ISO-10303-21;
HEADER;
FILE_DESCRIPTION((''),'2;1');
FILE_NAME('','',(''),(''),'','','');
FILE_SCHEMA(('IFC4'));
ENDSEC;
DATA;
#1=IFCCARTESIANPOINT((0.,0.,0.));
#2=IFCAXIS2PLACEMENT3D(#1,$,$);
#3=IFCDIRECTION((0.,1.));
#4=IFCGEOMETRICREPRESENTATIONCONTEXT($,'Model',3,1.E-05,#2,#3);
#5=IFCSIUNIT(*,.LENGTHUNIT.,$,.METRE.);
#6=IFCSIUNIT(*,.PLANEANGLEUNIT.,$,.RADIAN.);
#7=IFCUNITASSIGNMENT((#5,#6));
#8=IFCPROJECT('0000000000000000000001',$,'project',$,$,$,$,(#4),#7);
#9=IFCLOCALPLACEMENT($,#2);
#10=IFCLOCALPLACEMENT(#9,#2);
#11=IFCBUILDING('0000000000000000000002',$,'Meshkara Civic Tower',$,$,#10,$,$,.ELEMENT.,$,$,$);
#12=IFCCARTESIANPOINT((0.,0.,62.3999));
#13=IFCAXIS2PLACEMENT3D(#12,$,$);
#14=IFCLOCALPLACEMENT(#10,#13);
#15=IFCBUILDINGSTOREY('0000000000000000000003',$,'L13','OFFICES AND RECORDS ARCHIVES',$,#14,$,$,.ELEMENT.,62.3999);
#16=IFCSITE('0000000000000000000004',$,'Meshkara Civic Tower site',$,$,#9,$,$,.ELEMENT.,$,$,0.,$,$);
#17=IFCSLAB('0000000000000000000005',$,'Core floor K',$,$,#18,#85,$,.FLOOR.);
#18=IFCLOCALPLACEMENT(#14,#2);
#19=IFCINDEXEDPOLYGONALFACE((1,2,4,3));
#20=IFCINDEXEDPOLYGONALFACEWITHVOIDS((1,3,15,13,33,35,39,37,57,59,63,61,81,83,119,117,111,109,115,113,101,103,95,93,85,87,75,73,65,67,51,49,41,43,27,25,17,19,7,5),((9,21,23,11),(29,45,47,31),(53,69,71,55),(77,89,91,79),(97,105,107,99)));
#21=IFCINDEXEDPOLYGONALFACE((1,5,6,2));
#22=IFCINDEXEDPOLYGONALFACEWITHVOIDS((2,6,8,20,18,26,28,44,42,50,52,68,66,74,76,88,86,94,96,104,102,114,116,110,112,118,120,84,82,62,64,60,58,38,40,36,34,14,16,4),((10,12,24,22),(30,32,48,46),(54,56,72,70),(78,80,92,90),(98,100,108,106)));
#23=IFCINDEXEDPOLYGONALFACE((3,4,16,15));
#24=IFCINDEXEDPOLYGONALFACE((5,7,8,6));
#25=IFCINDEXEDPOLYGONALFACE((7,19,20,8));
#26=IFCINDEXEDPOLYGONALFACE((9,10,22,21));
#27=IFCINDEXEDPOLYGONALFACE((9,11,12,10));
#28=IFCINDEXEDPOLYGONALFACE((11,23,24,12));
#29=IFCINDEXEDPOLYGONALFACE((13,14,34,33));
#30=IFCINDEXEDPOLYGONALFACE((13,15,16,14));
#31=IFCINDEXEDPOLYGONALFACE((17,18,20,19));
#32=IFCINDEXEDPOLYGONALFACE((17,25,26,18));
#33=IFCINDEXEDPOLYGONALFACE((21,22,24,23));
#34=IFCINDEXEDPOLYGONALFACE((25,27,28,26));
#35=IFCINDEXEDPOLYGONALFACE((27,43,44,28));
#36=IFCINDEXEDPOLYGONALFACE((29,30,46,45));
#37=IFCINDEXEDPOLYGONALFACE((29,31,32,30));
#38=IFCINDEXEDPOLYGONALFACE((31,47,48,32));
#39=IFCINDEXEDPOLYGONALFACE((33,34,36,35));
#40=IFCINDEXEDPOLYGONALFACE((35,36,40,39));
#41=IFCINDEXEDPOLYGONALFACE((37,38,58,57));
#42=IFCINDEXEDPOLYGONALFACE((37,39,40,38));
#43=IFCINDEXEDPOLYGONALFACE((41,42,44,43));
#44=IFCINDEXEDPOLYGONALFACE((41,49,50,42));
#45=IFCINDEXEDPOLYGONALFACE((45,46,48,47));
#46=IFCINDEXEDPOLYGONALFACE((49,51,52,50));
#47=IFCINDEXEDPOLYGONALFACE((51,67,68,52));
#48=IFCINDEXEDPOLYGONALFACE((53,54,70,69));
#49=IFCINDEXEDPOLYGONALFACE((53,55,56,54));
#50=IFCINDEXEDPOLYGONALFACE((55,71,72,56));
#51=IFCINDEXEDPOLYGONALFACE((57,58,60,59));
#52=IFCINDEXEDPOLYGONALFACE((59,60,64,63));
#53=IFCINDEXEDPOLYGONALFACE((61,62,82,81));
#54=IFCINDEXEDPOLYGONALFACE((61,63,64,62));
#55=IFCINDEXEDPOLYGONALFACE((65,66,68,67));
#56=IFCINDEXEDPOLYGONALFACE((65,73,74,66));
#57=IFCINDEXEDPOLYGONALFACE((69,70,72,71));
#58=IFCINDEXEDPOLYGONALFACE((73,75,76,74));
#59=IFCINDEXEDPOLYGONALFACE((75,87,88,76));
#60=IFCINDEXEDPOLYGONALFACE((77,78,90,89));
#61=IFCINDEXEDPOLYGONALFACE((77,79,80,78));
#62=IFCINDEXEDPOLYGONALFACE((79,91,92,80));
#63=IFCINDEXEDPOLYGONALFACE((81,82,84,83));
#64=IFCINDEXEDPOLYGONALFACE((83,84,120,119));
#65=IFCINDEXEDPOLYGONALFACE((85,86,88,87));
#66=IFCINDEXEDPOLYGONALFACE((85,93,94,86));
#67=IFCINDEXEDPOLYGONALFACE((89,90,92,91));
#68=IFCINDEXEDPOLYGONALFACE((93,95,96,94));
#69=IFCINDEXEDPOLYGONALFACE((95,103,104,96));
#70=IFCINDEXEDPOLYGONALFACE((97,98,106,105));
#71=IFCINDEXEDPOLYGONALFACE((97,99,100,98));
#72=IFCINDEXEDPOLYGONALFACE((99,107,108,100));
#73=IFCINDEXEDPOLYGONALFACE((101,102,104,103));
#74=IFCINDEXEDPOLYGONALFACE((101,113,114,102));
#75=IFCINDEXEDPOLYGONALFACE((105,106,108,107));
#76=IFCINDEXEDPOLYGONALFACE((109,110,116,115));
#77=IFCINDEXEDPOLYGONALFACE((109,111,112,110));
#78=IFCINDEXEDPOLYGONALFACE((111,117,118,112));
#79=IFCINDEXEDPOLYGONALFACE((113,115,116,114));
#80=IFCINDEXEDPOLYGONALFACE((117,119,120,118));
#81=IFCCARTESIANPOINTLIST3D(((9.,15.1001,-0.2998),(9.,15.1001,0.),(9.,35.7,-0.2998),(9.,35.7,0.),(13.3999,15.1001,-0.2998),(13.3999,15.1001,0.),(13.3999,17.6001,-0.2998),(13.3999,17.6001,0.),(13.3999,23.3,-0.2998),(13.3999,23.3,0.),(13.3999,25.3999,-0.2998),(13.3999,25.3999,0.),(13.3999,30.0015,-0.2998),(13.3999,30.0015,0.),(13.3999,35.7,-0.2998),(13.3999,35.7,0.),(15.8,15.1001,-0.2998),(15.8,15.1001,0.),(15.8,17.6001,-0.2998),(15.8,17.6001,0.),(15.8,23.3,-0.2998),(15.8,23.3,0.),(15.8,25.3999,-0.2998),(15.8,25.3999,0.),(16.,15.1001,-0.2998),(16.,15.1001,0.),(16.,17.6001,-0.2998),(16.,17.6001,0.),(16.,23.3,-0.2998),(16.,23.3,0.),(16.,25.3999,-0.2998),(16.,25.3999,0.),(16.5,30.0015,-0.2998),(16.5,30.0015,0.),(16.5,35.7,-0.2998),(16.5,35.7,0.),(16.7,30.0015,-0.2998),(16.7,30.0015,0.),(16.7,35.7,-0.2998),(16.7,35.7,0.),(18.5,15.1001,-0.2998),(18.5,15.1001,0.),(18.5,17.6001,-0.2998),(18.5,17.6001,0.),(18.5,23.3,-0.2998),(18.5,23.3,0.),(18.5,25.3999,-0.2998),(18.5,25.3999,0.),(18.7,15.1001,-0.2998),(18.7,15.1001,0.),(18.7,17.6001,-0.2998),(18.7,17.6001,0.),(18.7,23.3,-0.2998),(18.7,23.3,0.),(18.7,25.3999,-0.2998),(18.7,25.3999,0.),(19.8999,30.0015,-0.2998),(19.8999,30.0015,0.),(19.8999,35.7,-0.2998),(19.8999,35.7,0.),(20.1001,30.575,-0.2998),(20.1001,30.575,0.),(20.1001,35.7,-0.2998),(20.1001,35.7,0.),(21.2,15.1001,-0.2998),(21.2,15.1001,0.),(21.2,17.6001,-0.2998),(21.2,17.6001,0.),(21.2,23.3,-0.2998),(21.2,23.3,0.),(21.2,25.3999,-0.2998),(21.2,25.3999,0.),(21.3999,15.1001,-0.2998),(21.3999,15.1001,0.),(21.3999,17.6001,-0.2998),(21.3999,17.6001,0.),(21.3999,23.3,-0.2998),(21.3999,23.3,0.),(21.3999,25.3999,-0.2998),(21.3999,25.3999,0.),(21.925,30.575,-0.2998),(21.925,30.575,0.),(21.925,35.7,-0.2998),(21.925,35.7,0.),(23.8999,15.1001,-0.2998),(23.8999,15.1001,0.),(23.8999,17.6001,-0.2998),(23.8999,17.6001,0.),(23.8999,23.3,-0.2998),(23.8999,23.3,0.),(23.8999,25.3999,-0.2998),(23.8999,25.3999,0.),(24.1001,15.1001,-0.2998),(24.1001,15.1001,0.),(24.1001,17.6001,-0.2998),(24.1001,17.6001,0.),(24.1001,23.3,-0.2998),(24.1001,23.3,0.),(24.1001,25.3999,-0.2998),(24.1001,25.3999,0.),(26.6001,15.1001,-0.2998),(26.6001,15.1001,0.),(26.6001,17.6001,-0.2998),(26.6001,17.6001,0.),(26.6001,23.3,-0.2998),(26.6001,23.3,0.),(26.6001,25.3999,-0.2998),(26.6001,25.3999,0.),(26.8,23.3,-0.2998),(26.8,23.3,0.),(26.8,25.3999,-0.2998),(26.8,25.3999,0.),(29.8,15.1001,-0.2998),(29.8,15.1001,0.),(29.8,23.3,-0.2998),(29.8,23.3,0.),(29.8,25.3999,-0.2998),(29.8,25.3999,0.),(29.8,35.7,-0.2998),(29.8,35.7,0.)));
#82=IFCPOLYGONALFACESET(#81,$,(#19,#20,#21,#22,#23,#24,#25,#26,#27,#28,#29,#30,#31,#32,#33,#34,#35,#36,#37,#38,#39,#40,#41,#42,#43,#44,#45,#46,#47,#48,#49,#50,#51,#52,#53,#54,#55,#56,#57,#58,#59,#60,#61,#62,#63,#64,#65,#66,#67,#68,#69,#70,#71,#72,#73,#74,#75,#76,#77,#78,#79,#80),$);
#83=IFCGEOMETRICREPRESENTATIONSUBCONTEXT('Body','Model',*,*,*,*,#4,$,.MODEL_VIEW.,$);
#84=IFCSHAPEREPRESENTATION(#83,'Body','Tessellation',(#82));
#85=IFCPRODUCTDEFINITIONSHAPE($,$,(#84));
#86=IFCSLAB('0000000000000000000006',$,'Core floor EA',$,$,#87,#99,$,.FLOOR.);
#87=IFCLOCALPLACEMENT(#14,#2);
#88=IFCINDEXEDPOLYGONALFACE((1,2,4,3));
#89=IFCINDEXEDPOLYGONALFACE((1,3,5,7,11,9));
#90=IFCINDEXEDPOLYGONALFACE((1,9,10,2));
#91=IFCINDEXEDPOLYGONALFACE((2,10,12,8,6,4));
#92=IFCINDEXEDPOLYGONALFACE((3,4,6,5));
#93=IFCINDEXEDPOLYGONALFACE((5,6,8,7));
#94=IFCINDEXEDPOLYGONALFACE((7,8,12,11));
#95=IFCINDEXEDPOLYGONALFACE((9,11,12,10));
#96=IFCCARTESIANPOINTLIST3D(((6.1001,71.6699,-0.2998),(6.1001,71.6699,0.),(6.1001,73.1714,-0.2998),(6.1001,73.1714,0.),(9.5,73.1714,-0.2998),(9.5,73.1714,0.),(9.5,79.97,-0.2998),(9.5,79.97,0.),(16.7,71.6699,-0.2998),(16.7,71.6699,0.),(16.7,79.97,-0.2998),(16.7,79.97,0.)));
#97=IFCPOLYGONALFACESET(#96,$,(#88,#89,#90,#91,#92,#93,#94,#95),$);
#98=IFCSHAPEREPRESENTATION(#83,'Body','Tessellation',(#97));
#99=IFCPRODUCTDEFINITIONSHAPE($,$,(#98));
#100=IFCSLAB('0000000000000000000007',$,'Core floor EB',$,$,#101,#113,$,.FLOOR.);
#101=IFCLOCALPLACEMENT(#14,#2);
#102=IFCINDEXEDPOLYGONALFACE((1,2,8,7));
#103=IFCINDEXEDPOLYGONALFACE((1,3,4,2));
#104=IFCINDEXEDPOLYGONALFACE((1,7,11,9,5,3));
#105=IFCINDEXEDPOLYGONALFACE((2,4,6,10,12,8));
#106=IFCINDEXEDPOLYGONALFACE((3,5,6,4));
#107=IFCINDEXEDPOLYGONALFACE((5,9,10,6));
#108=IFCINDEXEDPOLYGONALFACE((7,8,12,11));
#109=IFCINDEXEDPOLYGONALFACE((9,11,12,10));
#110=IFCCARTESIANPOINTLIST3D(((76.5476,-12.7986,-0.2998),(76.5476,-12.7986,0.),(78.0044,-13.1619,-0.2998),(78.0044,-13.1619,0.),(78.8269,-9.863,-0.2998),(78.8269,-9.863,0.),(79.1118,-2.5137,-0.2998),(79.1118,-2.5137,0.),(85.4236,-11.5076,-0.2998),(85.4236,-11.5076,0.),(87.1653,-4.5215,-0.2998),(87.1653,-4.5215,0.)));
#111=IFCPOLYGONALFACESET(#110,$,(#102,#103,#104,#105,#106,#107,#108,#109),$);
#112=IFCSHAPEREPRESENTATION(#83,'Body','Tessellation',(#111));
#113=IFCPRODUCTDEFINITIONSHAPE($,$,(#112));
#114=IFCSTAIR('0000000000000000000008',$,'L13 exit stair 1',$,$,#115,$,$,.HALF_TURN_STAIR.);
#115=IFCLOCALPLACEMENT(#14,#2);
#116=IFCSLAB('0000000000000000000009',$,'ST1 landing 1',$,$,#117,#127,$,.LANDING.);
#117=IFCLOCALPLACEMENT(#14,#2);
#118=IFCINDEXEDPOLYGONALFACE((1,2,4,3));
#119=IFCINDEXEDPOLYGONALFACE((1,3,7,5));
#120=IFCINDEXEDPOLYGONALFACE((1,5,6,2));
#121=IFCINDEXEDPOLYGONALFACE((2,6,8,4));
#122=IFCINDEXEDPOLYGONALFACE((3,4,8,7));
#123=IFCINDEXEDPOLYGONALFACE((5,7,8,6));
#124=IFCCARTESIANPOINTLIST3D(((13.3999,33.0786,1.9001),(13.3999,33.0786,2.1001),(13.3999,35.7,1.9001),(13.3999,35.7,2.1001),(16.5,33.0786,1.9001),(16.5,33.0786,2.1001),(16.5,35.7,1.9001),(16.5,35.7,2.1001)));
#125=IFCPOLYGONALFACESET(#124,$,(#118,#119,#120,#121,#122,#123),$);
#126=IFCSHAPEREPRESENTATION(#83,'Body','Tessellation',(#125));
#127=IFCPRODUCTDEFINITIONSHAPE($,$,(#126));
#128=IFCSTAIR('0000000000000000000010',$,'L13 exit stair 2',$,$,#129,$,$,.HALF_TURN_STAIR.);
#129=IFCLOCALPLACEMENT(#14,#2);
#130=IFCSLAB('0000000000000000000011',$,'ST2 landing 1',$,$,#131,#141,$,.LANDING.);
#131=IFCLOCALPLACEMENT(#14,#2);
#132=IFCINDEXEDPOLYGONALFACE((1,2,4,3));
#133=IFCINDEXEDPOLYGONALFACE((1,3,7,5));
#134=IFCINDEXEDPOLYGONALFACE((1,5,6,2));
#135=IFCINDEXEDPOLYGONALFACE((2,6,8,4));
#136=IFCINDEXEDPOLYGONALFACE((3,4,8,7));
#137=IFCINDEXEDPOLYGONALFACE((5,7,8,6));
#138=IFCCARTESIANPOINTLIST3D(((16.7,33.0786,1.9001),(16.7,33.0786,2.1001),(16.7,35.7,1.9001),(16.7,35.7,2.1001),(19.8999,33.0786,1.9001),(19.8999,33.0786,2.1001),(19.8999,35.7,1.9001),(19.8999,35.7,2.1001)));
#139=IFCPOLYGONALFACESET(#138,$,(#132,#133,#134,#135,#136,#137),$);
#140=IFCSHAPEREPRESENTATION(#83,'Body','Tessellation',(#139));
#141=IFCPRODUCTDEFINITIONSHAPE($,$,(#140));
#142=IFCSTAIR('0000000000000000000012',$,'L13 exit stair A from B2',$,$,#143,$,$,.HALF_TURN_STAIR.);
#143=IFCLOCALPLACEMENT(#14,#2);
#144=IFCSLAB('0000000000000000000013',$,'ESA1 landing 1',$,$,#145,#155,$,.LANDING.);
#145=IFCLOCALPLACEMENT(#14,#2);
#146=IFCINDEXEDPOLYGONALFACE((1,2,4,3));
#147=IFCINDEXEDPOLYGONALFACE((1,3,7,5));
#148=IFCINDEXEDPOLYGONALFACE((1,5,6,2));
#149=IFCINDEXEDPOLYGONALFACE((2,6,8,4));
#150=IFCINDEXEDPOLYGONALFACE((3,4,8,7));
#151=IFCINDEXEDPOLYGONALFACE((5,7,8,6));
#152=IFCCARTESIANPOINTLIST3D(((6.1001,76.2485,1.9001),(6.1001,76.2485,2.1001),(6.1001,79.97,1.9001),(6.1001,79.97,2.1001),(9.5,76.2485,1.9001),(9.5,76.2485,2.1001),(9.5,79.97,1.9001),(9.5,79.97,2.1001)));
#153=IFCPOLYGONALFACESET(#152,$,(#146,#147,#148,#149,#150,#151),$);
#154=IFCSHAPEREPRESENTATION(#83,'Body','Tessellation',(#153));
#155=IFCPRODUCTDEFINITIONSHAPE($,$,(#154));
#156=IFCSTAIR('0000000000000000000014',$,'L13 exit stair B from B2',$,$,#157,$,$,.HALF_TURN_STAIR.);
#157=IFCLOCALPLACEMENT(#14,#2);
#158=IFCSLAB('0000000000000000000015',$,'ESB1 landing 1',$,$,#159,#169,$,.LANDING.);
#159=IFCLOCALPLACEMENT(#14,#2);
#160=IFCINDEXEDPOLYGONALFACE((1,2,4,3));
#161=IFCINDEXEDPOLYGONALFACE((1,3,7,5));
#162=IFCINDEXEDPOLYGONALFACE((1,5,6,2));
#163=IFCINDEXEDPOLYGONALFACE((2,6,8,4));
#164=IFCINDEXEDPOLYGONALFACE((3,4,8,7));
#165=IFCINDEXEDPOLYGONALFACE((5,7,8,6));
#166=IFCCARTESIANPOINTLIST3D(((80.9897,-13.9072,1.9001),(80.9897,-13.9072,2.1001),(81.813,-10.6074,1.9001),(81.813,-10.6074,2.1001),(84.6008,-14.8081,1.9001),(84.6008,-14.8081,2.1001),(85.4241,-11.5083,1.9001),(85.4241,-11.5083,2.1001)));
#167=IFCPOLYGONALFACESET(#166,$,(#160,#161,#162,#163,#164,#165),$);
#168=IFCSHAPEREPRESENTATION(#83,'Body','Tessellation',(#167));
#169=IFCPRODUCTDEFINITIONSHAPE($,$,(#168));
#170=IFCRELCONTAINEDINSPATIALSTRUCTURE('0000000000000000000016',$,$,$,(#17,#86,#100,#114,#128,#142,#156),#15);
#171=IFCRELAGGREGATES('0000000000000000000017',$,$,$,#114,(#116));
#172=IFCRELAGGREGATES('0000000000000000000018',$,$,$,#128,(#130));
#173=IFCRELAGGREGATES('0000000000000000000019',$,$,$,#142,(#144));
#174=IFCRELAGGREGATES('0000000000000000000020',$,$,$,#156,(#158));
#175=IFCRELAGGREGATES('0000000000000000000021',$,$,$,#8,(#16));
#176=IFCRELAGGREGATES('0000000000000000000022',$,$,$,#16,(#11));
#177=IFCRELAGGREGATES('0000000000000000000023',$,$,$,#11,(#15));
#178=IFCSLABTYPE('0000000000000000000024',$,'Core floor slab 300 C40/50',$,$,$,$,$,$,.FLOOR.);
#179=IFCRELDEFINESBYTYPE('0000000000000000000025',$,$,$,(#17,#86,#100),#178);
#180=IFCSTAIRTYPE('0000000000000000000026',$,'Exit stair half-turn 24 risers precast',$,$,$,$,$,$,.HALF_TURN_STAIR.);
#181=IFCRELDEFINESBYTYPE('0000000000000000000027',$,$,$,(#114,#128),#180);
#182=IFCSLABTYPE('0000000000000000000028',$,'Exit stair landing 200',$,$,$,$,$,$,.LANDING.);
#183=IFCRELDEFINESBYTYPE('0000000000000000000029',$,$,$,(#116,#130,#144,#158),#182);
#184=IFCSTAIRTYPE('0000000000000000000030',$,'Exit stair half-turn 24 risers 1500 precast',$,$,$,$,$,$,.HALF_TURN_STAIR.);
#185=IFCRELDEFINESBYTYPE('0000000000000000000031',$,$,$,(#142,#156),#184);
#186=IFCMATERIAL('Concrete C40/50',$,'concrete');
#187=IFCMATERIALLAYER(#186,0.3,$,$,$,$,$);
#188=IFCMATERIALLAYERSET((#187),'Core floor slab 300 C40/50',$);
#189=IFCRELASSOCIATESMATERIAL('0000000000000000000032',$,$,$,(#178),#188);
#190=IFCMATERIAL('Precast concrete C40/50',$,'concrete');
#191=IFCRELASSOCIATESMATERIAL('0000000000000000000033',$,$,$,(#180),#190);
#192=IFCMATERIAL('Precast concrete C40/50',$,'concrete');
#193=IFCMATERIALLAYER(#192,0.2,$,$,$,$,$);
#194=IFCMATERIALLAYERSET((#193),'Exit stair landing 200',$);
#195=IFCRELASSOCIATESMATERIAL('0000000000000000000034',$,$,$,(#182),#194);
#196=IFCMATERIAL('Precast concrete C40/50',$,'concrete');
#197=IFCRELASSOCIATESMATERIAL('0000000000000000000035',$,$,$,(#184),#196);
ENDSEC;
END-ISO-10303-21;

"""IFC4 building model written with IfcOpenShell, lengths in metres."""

from ifc_helpers import new_model, si_unit, direction, frame, origin, place, context, subcontext, project, spatial, polyline, outline, extrude, material, layer, layer_set, type_object, element, aggregate, save


model = new_model("IFC4")

# Units and contexts
model_context = context("Model", 3, precision=1e-05, world=origin(), true_north=direction((0.0, 1.0)))
body_context = subcontext(model_context, "Body", "Model", "MODEL_VIEW")
ifc_project = project(units=[si_unit("LENGTHUNIT", "METRE"), si_unit("PLANEANGLEUNIT", "RADIAN")], contexts=[model_context])

# Site, building, storey
site_placement = place(None, origin())
site = spatial("IfcSite", under=ifc_project, at=site_placement, Name="Meshkara Civic Tower site", CompositionType="ELEMENT", RefElevation=0.0)
building_placement = place(site_placement, origin())
building = spatial("IfcBuilding", under=site, at=building_placement, Name="Meshkara Civic Tower", CompositionType="ELEMENT")
storey_placement = place(building_placement, frame((0.0, 0.0, 62.3999)))
storey = spatial("IfcBuildingStorey", under=building, at=storey_placement, Name="L13", Description="OFFICES AND RECORDS ARCHIVES", CompositionType="ELEMENT", Elevation=62.3999)

# Slabs
ifc_material_1 = material(Name="Concrete C40/50", Category="concrete")
ifc_layer_1 = layer(ifc_material_1, 0.3)
ifc_layer_set_1 = layer_set([ifc_layer_1], Name="Core floor slab 300 C40/50")
slab_type_1 = type_object("IfcSlabType", Name="Core floor slab 300 C40/50", PredefinedType="FLOOR", material=ifc_layer_set_1)
slab_1_placement = place(storey_placement, frame((0.0, 0.0, -0.2998)))
element("IfcSlab", 1, at=slab_1_placement, inside=storey, type_object=slab_type_1, Name="Core floor K", PredefinedType="FLOOR", context=body_context, shape_type="SweptSolid", body=[
    extrude(outline(polyline([(9.0, 35.7), (13.3999, 35.7), (13.3999, 30.0015), (16.5, 30.0015), (16.5, 35.7), (16.7, 35.7), (16.7, 30.0015), (19.8999, 30.0015), (19.8999, 35.7), (20.1001, 35.7), (20.1001, 30.575), (21.925, 30.575), (21.925, 35.7), (29.8, 35.7), (29.8, 25.3999), (26.8, 25.3999), (26.8, 23.3), (29.8, 23.3), (29.8, 15.1001), (26.6001, 15.1001), (26.6001, 17.6001), (24.1001, 17.6001), (24.1001, 15.1001), (23.8999, 15.1001), (23.8999, 17.6001), (21.3999, 17.6001), (21.3999, 15.1001), (21.2, 15.1001), (21.2, 17.6001), (18.7, 17.6001), (18.7, 15.1001), (18.5, 15.1001), (18.5, 17.6001), (16.0, 17.6001), (16.0, 15.1001), (15.8, 15.1001), (15.8, 17.6001), (13.3999, 17.6001), (13.3999, 15.1001), (9.0, 15.1001), (9.0, 35.7)]), holes=[polyline([(13.3999, 25.3999), (13.3999, 23.3), (15.8, 23.3), (15.8, 25.3999), (13.3999, 25.3999)]), polyline([(18.5, 23.3), (18.5, 25.3999), (16.0, 25.3999), (16.0, 23.3), (18.5, 23.3)]), polyline([(18.7, 25.3999), (18.7, 23.3), (21.2, 23.3), (21.2, 25.3999), (18.7, 25.3999)]), polyline([(21.3999, 23.3), (23.8999, 23.3), (23.8999, 25.3999), (21.3999, 25.3999), (21.3999, 23.3)]), polyline([(26.6001, 25.3999), (24.1001, 25.3999), (24.1001, 23.3), (26.6001, 23.3), (26.6001, 25.3999)])]), origin(), (0.0, 0.0, 1.0), 0.2998),
])
slab_2_placement = place(storey_placement, frame((0.0, 0.0, -0.2998)))
element("IfcSlab", 2, at=slab_2_placement, inside=storey, type_object=slab_type_1, Name="Core floor EA", PredefinedType="FLOOR", context=body_context, shape_type="SweptSolid", body=[
    extrude(outline(polyline([(16.7, 71.6699), (16.7, 79.97), (9.5, 79.97), (9.5, 73.1714), (6.1001, 73.1714), (6.1001, 71.6699), (16.7, 71.6699)])), origin(), (0.0, 0.0, 1.0), 0.2998),
])
slab_3_placement = place(storey_placement, frame((0.0, 0.0, -0.2998)))
element("IfcSlab", 3, at=slab_3_placement, inside=storey, type_object=slab_type_1, Name="Core floor EB", PredefinedType="FLOOR", context=body_context, shape_type="SweptSolid", body=[
    extrude(outline(polyline([(79.1118, -2.5137), (87.1653, -4.5215), (85.4236, -11.5076), (78.8269, -9.863), (78.0044, -13.1619), (76.5476, -12.7986), (79.1118, -2.5137)])), origin(), (0.0, 0.0, 1.0), 0.2998),
])

# Stairs, slabs
ifc_material_2 = material(Name="Precast concrete C40/50", Category="concrete")
stair_type_1 = type_object("IfcStairType", Name="Exit stair half-turn 24 risers precast", PredefinedType="HALF_TURN_STAIR", material=ifc_material_2)
stair_1_placement = place(storey_placement, origin())
stair_1 = element("IfcStair", 4, at=stair_1_placement, inside=storey, type_object=stair_type_1, Name="L13 exit stair 1", PredefinedType="HALF_TURN_STAIR")
ifc_material_3 = material(Name="Precast concrete C40/50", Category="concrete")
ifc_layer_2 = layer(ifc_material_3, 0.2)
ifc_layer_set_2 = layer_set([ifc_layer_2], Name="Exit stair landing 200")
slab_type_2 = type_object("IfcSlabType", Name="Exit stair landing 200", PredefinedType="LANDING", material=ifc_layer_set_2)
slab_4_placement = place(storey_placement, frame((0.0, 0.0, 1.9001)))
slab_4 = element("IfcSlab", 5, at=slab_4_placement, type_object=slab_type_2, Name="ST1 landing 1", PredefinedType="LANDING", context=body_context, shape_type="SweptSolid", body=[
    extrude(outline(polyline([(16.5, 33.0786), (16.5, 35.7), (13.3999, 35.7), (13.3999, 33.0786), (16.5, 33.0786)])), origin(), (0.0, 0.0, 1.0), 0.2),
])
aggregate(stair_1, [slab_4])
stair_2_placement = place(storey_placement, origin())
stair_2 = element("IfcStair", 6, at=stair_2_placement, inside=storey, type_object=stair_type_1, Name="L13 exit stair 2", PredefinedType="HALF_TURN_STAIR")
slab_5_placement = place(storey_placement, frame((0.0, 0.0, 1.9001)))
slab_5 = element("IfcSlab", 7, at=slab_5_placement, type_object=slab_type_2, Name="ST2 landing 1", PredefinedType="LANDING", context=body_context, shape_type="SweptSolid", body=[
    extrude(outline(polyline([(19.8999, 33.0786), (19.8999, 35.7), (16.7, 35.7), (16.7, 33.0786), (19.8999, 33.0786)])), origin(), (0.0, 0.0, 1.0), 0.2),
])
aggregate(stair_2, [slab_5])
ifc_material_4 = material(Name="Precast concrete C40/50", Category="concrete")
stair_type_2 = type_object("IfcStairType", Name="Exit stair half-turn 24 risers 1500 precast", PredefinedType="HALF_TURN_STAIR", material=ifc_material_4)
stair_3_placement = place(storey_placement, origin())
stair_3 = element("IfcStair", 8, at=stair_3_placement, inside=storey, type_object=stair_type_2, Name="L13 exit stair A from B2", PredefinedType="HALF_TURN_STAIR")
slab_6_placement = place(storey_placement, frame((0.0, 0.0, 1.9001)))
slab_6 = element("IfcSlab", 9, at=slab_6_placement, type_object=slab_type_2, Name="ESA1 landing 1", PredefinedType="LANDING", context=body_context, shape_type="SweptSolid", body=[
    extrude(outline(polyline([(9.5, 76.2485), (9.5, 79.97), (6.1001, 79.97), (6.1001, 76.2485), (9.5, 76.2485)])), origin(), (0.0, 0.0, 1.0), 0.2),
])
aggregate(stair_3, [slab_6])
stair_4_placement = place(storey_placement, origin())
stair_4 = element("IfcStair", 10, at=stair_4_placement, inside=storey, type_object=stair_type_2, Name="L13 exit stair B from B2", PredefinedType="HALF_TURN_STAIR")
slab_7_placement = place(storey_placement, frame((0.0, 0.0, 1.9001)))
slab_7 = element("IfcSlab", 11, at=slab_7_placement, type_object=slab_type_2, Name="ESB1 landing 1", PredefinedType="LANDING", context=body_context, shape_type="SweptSolid", body=[
    extrude(outline(polyline([(80.9897, -13.9072), (84.6008, -14.8081), (85.4241, -11.5083), (81.813, -10.6074), (80.9897, -13.9072)])), origin(), (0.0, 0.0, 1.0), 0.2),
])
aggregate(stair_4, [slab_7])

save(model, "model.ifc")
